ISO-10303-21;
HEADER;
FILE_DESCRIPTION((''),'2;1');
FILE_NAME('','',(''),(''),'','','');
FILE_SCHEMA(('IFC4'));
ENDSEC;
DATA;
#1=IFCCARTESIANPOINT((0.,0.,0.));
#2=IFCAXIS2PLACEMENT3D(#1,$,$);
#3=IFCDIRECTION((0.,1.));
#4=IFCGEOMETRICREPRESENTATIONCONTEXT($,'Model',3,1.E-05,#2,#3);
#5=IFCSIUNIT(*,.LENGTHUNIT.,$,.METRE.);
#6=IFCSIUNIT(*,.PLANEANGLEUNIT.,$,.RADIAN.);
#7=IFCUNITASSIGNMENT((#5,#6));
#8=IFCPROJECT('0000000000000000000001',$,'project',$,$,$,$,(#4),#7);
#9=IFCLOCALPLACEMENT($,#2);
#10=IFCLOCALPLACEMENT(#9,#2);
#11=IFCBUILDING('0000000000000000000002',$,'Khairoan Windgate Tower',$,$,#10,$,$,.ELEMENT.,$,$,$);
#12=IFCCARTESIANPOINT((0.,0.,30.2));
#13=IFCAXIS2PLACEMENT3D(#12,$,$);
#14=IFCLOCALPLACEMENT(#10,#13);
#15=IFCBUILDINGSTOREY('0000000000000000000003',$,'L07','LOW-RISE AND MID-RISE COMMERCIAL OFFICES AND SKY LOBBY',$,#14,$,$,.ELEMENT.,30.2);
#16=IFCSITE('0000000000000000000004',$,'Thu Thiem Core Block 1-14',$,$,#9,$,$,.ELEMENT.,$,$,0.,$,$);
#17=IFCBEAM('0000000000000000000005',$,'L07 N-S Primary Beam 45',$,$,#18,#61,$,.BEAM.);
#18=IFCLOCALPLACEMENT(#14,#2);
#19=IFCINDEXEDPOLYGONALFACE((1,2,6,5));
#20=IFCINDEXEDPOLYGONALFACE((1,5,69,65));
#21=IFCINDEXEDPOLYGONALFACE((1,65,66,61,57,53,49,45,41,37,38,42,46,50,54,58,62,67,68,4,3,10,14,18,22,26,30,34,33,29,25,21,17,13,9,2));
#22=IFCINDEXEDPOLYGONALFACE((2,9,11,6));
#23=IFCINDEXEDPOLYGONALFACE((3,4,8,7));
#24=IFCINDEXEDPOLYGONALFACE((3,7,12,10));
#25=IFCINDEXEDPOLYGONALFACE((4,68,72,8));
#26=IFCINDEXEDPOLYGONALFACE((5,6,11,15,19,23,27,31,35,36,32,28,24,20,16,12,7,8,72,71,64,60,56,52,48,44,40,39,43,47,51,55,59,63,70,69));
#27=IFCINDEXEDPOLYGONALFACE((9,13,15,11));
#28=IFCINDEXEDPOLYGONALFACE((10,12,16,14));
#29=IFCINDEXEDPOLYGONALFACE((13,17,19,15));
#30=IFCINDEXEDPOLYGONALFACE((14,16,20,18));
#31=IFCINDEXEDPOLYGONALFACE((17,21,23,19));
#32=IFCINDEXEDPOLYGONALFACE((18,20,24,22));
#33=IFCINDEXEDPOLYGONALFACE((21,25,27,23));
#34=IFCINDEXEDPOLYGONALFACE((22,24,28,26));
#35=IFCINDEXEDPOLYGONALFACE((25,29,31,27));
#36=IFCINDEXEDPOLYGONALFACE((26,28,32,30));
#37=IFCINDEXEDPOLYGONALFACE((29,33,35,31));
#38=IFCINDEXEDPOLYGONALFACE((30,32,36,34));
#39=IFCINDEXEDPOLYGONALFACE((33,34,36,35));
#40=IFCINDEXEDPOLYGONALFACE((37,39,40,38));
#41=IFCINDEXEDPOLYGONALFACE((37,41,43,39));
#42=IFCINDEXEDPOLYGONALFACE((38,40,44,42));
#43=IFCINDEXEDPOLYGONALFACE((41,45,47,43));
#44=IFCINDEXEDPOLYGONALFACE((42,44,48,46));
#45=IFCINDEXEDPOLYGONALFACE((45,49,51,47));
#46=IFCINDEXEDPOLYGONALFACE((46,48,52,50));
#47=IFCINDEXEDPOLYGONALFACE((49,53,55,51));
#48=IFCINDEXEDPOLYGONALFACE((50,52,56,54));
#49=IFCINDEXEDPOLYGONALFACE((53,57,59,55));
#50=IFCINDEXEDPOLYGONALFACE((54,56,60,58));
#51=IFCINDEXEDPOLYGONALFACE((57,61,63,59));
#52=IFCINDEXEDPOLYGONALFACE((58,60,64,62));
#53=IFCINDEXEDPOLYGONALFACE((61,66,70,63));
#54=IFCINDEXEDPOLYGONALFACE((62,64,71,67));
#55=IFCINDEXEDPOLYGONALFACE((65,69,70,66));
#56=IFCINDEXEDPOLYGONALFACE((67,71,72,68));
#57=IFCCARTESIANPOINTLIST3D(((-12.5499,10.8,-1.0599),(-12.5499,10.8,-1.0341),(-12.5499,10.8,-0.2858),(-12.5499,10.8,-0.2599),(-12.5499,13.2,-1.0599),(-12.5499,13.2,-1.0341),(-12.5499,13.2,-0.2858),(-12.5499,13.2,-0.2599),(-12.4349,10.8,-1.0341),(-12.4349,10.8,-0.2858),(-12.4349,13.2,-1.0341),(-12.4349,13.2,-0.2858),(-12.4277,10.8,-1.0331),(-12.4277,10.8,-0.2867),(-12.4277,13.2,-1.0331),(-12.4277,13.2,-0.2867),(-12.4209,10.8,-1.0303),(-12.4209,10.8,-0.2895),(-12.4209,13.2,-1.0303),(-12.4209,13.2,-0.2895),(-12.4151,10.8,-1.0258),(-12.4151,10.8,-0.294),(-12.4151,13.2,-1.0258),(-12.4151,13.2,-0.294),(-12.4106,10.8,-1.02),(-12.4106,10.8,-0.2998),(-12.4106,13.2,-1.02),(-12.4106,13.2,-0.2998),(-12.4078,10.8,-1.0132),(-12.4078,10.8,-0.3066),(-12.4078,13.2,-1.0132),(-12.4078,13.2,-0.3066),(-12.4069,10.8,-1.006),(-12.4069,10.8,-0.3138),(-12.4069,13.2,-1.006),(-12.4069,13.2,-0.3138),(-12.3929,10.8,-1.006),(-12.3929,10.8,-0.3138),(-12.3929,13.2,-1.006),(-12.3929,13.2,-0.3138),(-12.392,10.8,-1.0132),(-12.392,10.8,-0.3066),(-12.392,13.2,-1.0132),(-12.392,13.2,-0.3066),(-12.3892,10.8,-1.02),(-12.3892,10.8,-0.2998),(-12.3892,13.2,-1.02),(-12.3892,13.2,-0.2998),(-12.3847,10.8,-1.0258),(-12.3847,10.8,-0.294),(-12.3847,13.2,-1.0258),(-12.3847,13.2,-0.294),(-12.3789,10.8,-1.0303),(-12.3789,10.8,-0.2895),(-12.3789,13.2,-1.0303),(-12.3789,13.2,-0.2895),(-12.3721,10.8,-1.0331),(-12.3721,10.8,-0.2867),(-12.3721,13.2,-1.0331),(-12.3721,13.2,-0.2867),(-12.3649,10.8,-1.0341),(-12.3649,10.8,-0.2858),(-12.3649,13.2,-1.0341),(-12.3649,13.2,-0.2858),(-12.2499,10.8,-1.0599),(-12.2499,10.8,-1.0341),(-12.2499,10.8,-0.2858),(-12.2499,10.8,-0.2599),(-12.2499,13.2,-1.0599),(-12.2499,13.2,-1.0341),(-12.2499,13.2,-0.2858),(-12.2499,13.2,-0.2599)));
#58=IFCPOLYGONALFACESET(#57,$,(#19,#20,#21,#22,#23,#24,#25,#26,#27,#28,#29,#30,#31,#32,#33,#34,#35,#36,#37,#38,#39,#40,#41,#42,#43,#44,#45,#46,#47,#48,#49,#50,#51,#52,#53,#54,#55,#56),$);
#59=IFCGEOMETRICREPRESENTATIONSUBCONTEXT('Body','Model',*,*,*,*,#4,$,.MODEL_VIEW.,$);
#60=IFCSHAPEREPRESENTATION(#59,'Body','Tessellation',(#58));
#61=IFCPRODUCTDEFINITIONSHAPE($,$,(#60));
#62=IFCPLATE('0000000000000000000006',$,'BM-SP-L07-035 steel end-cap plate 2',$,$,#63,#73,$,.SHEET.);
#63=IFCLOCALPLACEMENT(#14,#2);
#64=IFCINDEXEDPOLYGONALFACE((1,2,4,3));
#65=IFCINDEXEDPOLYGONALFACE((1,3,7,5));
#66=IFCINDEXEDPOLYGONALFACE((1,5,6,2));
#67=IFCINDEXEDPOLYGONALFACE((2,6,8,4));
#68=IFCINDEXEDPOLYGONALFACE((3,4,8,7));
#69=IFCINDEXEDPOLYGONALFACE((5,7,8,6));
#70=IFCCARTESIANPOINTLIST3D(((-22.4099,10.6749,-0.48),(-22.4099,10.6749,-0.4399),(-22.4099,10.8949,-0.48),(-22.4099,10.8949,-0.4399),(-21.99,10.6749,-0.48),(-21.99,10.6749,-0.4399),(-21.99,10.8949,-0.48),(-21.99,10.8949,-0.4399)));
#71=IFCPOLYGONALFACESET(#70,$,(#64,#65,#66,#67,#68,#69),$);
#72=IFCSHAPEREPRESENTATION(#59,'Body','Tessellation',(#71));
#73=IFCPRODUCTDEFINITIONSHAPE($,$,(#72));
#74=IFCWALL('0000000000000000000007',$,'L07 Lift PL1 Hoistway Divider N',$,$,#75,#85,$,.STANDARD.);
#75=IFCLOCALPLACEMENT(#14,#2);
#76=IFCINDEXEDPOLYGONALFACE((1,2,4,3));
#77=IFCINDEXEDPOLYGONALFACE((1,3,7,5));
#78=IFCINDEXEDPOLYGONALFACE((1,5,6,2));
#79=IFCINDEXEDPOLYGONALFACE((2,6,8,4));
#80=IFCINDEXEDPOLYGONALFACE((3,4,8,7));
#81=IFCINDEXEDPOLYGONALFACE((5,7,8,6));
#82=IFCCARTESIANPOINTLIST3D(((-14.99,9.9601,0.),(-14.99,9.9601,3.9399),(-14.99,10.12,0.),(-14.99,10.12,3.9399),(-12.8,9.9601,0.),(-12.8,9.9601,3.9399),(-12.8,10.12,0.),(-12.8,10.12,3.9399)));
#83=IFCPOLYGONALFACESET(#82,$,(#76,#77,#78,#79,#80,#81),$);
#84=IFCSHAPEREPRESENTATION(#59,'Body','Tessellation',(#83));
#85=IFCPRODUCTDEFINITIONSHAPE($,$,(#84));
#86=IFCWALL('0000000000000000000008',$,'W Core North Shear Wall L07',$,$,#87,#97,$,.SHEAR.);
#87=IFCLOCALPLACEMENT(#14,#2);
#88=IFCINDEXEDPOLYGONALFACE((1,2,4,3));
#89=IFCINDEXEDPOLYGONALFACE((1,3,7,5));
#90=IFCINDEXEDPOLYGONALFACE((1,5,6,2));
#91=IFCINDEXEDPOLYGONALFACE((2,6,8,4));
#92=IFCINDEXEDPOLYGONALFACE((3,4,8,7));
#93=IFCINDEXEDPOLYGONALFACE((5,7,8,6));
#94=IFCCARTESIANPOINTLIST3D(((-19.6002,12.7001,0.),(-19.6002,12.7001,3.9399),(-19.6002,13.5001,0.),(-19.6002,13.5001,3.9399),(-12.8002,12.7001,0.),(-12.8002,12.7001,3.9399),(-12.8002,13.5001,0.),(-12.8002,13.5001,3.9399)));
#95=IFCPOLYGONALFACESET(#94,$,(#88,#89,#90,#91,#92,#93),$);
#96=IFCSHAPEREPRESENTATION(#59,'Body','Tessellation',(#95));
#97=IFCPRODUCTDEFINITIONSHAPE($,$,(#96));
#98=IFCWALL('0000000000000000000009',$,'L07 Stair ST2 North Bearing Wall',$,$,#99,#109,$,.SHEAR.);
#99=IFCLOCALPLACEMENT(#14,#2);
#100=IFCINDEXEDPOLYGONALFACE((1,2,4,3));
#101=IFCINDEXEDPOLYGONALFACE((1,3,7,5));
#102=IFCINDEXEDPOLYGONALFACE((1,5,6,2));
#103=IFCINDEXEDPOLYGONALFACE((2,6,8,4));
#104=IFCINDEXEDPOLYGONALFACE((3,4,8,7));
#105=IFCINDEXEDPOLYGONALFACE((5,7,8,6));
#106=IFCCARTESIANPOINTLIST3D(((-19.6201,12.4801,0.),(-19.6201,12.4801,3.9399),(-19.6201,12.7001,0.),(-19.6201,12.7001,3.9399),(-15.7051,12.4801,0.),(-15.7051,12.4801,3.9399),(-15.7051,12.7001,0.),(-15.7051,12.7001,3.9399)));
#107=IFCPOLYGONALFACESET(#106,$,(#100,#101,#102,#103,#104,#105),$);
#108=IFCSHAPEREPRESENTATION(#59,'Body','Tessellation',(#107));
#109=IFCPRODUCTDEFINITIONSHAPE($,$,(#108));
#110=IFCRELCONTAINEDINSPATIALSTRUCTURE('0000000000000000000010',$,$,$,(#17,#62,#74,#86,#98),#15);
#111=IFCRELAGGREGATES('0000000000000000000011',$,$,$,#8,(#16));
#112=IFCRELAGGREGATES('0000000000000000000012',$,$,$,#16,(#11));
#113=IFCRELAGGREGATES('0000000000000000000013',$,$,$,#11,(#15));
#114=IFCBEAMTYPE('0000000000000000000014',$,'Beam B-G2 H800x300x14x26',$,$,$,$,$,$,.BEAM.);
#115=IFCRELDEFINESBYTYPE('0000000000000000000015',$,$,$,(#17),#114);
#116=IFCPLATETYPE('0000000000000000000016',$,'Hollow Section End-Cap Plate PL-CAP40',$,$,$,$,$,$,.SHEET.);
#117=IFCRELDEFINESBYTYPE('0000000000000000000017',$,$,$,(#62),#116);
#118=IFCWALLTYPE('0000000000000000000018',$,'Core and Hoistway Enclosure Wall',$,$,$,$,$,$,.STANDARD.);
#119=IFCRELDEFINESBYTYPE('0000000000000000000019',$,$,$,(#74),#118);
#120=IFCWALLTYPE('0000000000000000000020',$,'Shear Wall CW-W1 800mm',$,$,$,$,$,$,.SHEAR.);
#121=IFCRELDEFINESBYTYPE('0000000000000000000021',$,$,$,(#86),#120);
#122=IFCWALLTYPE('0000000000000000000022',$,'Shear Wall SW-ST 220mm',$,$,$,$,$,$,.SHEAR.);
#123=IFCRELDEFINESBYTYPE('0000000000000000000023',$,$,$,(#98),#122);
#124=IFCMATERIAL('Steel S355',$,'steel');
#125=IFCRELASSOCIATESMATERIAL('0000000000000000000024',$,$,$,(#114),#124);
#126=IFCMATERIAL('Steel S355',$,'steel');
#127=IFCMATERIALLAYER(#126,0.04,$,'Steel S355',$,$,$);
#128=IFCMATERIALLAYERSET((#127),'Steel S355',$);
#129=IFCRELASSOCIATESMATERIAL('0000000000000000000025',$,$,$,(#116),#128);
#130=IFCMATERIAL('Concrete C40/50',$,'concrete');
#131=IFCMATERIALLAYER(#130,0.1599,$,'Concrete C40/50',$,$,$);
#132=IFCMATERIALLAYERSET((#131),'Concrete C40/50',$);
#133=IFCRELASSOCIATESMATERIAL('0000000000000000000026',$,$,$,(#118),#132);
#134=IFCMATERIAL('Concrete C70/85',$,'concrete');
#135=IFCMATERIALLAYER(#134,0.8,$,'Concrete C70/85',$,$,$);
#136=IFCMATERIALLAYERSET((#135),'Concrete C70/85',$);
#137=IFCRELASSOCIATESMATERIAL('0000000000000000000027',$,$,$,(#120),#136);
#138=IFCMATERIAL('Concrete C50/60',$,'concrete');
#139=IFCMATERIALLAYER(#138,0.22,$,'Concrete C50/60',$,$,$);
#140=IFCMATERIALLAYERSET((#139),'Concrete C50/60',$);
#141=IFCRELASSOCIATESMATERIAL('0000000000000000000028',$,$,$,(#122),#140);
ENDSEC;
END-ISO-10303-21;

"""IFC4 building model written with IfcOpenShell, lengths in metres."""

from ifc_helpers import new_model, si_unit, direction, frame, frame_2d, origin, origin_2d, place, context, subcontext, project, spatial, rectangle, i_section, extrude, material, layer, layer_set, material_profile, profile_set, type_object, element, save


model = new_model("IFC4")

# Units and contexts
model_context = context("Model", 3, precision=1e-05, world=origin(), true_north=direction((0.0, 1.0)))
body_context = subcontext(model_context, "Body", "Model", "MODEL_VIEW")
ifc_project = project(units=[si_unit("LENGTHUNIT", "METRE"), si_unit("PLANEANGLEUNIT", "RADIAN")], contexts=[model_context])

# Site, building, storey
site_placement = place(None, origin())
site = spatial("IfcSite", under=ifc_project, at=site_placement, Name="Thu Thiem Core Block 1-14", CompositionType="ELEMENT", RefElevation=0.0)
building_placement = place(site_placement, origin())
building = spatial("IfcBuilding", under=site, at=building_placement, Name="Khairoan Windgate Tower", CompositionType="ELEMENT")
storey_placement = place(building_placement, frame((0.0, 0.0, 30.2)))
storey = spatial("IfcBuildingStorey", under=building, at=storey_placement, Name="L07", Description="LOW-RISE AND MID-RISE COMMERCIAL OFFICES AND SKY LOBBY", CompositionType="ELEMENT", Elevation=30.2)

# Beam
ifc_material_1 = material(Name="Steel S355", Category="steel")
ifc_material_profile_1 = material_profile(ifc_material_1, i_section(OverallWidth=0.3, OverallDepth=0.8, WebThickness=0.0139, FlangeThickness=0.0259, FilletRadius=0.0281, at=origin_2d()))
ifc_profile_set_1 = profile_set([ifc_material_profile_1], Name="Steel S355")
beam_type = type_object("IfcBeamType", Name="Beam B-G2 H800x300x14x26", PredefinedType="BEAM", material=ifc_profile_set_1)
beam_1_placement = place(storey_placement, frame((-12.3999, 10.8, -0.6599), z_axis=(0.0, 1.0, 0.0), x_axis=(-1.0, 0.0, 0.0)))
element("IfcBeam", 1, at=beam_1_placement, inside=storey, type_object=beam_type, Name="L07 N-S Primary Beam 45", PredefinedType="BEAM", context=body_context, shape_type="SweptSolid", body=[
    extrude(i_section(OverallWidth=0.3, OverallDepth=0.8, WebThickness=0.0139, FlangeThickness=0.0259, FilletRadius=0.0281, at=origin_2d()), origin(), (0.0, 0.0, 1.0), 2.3999),
])

# Plate
ifc_material_2 = material(Name="Steel S355", Category="steel")
ifc_layer_1 = layer(ifc_material_2, 0.04, Name="Steel S355")
ifc_layer_set_1 = layer_set([ifc_layer_1], Name="Steel S355")
plate_type = type_object("IfcPlateType", Name="Hollow Section End-Cap Plate PL-CAP40", PredefinedType="SHEET", material=ifc_layer_set_1)
plate_placement = place(storey_placement, frame((-22.2, 10.7849, -0.48), z_axis=(0.0, 0.0, 1.0), x_axis=(0.0, 1.0, 0.0)))
element("IfcPlate", 2, at=plate_placement, inside=storey, type_object=plate_type, Name="BM-SP-L07-035 steel end-cap plate 2", PredefinedType="SHEET", context=body_context, shape_type="SweptSolid", body=[
    extrude(rectangle(XDim=0.22, YDim=0.4199, at=origin_2d()), origin(), (0.0, 0.0, 1.0), 0.04),
])

# Walls
ifc_material_3 = material(Name="Concrete C40/50", Category="concrete")
ifc_layer_2 = layer(ifc_material_3, 0.1599, Name="Concrete C40/50")
ifc_layer_set_2 = layer_set([ifc_layer_2], Name="Concrete C40/50")
wall_type_1 = type_object("IfcWallType", Name="Core and Hoistway Enclosure Wall", PredefinedType="STANDARD", material=ifc_layer_set_2)
wall_1_placement = place(storey_placement, frame((-14.99, 10.04, 0.0), z_axis=(0.0, 0.0, 1.0), x_axis=(1.0, 0.0, 0.0)))
element("IfcWall", 3, at=wall_1_placement, inside=storey, type_object=wall_type_1, Name="L07 Lift PL1 Hoistway Divider N", PredefinedType="STANDARD", context=body_context, shape_type="SweptSolid", body=[
    extrude(rectangle(XDim=2.1899, YDim=0.1599, at=frame_2d((1.095, 0.0))), origin(), (0.0, 0.0, 1.0), 3.9399),
])
ifc_material_4 = material(Name="Concrete C70/85", Category="concrete")
ifc_layer_3 = layer(ifc_material_4, 0.8, Name="Concrete C70/85")
ifc_layer_set_3 = layer_set([ifc_layer_3], Name="Concrete C70/85")
wall_type_2 = type_object("IfcWallType", Name="Shear Wall CW-W1 800mm", PredefinedType="SHEAR", material=ifc_layer_set_3)
wall_2_placement = place(storey_placement, frame((-19.6001, 13.1001, 0.0), z_axis=(0.0, 0.0, 1.0), x_axis=(1.0, 0.0, 0.0)))
element("IfcWall", 4, at=wall_2_placement, inside=storey, type_object=wall_type_2, Name="W Core North Shear Wall L07", PredefinedType="SHEAR", context=body_context, shape_type="SweptSolid", body=[
    extrude(rectangle(XDim=6.8, YDim=0.8, at=frame_2d((3.3999, 0.0))), origin(), (0.0, 0.0, 1.0), 3.9399),
])
ifc_material_5 = material(Name="Concrete C50/60", Category="concrete")
ifc_layer_4 = layer(ifc_material_5, 0.22, Name="Concrete C50/60")
ifc_layer_set_4 = layer_set([ifc_layer_4], Name="Concrete C50/60")
wall_type_3 = type_object("IfcWallType", Name="Shear Wall SW-ST 220mm", PredefinedType="SHEAR", material=ifc_layer_set_4)
wall_3_placement = place(storey_placement, frame((-19.6201, 12.5901, 0.0), z_axis=(0.0, 0.0, 1.0), x_axis=(1.0, 0.0, 0.0)))
element("IfcWall", 5, at=wall_3_placement, inside=storey, type_object=wall_type_3, Name="L07 Stair ST2 North Bearing Wall", PredefinedType="SHEAR", context=body_context, shape_type="SweptSolid", body=[
    extrude(rectangle(XDim=3.915, YDim=0.22, at=frame_2d((1.9575, 0.0))), origin(), (0.0, 0.0, 1.0), 3.9399),
])

save(model, "model.ifc")
